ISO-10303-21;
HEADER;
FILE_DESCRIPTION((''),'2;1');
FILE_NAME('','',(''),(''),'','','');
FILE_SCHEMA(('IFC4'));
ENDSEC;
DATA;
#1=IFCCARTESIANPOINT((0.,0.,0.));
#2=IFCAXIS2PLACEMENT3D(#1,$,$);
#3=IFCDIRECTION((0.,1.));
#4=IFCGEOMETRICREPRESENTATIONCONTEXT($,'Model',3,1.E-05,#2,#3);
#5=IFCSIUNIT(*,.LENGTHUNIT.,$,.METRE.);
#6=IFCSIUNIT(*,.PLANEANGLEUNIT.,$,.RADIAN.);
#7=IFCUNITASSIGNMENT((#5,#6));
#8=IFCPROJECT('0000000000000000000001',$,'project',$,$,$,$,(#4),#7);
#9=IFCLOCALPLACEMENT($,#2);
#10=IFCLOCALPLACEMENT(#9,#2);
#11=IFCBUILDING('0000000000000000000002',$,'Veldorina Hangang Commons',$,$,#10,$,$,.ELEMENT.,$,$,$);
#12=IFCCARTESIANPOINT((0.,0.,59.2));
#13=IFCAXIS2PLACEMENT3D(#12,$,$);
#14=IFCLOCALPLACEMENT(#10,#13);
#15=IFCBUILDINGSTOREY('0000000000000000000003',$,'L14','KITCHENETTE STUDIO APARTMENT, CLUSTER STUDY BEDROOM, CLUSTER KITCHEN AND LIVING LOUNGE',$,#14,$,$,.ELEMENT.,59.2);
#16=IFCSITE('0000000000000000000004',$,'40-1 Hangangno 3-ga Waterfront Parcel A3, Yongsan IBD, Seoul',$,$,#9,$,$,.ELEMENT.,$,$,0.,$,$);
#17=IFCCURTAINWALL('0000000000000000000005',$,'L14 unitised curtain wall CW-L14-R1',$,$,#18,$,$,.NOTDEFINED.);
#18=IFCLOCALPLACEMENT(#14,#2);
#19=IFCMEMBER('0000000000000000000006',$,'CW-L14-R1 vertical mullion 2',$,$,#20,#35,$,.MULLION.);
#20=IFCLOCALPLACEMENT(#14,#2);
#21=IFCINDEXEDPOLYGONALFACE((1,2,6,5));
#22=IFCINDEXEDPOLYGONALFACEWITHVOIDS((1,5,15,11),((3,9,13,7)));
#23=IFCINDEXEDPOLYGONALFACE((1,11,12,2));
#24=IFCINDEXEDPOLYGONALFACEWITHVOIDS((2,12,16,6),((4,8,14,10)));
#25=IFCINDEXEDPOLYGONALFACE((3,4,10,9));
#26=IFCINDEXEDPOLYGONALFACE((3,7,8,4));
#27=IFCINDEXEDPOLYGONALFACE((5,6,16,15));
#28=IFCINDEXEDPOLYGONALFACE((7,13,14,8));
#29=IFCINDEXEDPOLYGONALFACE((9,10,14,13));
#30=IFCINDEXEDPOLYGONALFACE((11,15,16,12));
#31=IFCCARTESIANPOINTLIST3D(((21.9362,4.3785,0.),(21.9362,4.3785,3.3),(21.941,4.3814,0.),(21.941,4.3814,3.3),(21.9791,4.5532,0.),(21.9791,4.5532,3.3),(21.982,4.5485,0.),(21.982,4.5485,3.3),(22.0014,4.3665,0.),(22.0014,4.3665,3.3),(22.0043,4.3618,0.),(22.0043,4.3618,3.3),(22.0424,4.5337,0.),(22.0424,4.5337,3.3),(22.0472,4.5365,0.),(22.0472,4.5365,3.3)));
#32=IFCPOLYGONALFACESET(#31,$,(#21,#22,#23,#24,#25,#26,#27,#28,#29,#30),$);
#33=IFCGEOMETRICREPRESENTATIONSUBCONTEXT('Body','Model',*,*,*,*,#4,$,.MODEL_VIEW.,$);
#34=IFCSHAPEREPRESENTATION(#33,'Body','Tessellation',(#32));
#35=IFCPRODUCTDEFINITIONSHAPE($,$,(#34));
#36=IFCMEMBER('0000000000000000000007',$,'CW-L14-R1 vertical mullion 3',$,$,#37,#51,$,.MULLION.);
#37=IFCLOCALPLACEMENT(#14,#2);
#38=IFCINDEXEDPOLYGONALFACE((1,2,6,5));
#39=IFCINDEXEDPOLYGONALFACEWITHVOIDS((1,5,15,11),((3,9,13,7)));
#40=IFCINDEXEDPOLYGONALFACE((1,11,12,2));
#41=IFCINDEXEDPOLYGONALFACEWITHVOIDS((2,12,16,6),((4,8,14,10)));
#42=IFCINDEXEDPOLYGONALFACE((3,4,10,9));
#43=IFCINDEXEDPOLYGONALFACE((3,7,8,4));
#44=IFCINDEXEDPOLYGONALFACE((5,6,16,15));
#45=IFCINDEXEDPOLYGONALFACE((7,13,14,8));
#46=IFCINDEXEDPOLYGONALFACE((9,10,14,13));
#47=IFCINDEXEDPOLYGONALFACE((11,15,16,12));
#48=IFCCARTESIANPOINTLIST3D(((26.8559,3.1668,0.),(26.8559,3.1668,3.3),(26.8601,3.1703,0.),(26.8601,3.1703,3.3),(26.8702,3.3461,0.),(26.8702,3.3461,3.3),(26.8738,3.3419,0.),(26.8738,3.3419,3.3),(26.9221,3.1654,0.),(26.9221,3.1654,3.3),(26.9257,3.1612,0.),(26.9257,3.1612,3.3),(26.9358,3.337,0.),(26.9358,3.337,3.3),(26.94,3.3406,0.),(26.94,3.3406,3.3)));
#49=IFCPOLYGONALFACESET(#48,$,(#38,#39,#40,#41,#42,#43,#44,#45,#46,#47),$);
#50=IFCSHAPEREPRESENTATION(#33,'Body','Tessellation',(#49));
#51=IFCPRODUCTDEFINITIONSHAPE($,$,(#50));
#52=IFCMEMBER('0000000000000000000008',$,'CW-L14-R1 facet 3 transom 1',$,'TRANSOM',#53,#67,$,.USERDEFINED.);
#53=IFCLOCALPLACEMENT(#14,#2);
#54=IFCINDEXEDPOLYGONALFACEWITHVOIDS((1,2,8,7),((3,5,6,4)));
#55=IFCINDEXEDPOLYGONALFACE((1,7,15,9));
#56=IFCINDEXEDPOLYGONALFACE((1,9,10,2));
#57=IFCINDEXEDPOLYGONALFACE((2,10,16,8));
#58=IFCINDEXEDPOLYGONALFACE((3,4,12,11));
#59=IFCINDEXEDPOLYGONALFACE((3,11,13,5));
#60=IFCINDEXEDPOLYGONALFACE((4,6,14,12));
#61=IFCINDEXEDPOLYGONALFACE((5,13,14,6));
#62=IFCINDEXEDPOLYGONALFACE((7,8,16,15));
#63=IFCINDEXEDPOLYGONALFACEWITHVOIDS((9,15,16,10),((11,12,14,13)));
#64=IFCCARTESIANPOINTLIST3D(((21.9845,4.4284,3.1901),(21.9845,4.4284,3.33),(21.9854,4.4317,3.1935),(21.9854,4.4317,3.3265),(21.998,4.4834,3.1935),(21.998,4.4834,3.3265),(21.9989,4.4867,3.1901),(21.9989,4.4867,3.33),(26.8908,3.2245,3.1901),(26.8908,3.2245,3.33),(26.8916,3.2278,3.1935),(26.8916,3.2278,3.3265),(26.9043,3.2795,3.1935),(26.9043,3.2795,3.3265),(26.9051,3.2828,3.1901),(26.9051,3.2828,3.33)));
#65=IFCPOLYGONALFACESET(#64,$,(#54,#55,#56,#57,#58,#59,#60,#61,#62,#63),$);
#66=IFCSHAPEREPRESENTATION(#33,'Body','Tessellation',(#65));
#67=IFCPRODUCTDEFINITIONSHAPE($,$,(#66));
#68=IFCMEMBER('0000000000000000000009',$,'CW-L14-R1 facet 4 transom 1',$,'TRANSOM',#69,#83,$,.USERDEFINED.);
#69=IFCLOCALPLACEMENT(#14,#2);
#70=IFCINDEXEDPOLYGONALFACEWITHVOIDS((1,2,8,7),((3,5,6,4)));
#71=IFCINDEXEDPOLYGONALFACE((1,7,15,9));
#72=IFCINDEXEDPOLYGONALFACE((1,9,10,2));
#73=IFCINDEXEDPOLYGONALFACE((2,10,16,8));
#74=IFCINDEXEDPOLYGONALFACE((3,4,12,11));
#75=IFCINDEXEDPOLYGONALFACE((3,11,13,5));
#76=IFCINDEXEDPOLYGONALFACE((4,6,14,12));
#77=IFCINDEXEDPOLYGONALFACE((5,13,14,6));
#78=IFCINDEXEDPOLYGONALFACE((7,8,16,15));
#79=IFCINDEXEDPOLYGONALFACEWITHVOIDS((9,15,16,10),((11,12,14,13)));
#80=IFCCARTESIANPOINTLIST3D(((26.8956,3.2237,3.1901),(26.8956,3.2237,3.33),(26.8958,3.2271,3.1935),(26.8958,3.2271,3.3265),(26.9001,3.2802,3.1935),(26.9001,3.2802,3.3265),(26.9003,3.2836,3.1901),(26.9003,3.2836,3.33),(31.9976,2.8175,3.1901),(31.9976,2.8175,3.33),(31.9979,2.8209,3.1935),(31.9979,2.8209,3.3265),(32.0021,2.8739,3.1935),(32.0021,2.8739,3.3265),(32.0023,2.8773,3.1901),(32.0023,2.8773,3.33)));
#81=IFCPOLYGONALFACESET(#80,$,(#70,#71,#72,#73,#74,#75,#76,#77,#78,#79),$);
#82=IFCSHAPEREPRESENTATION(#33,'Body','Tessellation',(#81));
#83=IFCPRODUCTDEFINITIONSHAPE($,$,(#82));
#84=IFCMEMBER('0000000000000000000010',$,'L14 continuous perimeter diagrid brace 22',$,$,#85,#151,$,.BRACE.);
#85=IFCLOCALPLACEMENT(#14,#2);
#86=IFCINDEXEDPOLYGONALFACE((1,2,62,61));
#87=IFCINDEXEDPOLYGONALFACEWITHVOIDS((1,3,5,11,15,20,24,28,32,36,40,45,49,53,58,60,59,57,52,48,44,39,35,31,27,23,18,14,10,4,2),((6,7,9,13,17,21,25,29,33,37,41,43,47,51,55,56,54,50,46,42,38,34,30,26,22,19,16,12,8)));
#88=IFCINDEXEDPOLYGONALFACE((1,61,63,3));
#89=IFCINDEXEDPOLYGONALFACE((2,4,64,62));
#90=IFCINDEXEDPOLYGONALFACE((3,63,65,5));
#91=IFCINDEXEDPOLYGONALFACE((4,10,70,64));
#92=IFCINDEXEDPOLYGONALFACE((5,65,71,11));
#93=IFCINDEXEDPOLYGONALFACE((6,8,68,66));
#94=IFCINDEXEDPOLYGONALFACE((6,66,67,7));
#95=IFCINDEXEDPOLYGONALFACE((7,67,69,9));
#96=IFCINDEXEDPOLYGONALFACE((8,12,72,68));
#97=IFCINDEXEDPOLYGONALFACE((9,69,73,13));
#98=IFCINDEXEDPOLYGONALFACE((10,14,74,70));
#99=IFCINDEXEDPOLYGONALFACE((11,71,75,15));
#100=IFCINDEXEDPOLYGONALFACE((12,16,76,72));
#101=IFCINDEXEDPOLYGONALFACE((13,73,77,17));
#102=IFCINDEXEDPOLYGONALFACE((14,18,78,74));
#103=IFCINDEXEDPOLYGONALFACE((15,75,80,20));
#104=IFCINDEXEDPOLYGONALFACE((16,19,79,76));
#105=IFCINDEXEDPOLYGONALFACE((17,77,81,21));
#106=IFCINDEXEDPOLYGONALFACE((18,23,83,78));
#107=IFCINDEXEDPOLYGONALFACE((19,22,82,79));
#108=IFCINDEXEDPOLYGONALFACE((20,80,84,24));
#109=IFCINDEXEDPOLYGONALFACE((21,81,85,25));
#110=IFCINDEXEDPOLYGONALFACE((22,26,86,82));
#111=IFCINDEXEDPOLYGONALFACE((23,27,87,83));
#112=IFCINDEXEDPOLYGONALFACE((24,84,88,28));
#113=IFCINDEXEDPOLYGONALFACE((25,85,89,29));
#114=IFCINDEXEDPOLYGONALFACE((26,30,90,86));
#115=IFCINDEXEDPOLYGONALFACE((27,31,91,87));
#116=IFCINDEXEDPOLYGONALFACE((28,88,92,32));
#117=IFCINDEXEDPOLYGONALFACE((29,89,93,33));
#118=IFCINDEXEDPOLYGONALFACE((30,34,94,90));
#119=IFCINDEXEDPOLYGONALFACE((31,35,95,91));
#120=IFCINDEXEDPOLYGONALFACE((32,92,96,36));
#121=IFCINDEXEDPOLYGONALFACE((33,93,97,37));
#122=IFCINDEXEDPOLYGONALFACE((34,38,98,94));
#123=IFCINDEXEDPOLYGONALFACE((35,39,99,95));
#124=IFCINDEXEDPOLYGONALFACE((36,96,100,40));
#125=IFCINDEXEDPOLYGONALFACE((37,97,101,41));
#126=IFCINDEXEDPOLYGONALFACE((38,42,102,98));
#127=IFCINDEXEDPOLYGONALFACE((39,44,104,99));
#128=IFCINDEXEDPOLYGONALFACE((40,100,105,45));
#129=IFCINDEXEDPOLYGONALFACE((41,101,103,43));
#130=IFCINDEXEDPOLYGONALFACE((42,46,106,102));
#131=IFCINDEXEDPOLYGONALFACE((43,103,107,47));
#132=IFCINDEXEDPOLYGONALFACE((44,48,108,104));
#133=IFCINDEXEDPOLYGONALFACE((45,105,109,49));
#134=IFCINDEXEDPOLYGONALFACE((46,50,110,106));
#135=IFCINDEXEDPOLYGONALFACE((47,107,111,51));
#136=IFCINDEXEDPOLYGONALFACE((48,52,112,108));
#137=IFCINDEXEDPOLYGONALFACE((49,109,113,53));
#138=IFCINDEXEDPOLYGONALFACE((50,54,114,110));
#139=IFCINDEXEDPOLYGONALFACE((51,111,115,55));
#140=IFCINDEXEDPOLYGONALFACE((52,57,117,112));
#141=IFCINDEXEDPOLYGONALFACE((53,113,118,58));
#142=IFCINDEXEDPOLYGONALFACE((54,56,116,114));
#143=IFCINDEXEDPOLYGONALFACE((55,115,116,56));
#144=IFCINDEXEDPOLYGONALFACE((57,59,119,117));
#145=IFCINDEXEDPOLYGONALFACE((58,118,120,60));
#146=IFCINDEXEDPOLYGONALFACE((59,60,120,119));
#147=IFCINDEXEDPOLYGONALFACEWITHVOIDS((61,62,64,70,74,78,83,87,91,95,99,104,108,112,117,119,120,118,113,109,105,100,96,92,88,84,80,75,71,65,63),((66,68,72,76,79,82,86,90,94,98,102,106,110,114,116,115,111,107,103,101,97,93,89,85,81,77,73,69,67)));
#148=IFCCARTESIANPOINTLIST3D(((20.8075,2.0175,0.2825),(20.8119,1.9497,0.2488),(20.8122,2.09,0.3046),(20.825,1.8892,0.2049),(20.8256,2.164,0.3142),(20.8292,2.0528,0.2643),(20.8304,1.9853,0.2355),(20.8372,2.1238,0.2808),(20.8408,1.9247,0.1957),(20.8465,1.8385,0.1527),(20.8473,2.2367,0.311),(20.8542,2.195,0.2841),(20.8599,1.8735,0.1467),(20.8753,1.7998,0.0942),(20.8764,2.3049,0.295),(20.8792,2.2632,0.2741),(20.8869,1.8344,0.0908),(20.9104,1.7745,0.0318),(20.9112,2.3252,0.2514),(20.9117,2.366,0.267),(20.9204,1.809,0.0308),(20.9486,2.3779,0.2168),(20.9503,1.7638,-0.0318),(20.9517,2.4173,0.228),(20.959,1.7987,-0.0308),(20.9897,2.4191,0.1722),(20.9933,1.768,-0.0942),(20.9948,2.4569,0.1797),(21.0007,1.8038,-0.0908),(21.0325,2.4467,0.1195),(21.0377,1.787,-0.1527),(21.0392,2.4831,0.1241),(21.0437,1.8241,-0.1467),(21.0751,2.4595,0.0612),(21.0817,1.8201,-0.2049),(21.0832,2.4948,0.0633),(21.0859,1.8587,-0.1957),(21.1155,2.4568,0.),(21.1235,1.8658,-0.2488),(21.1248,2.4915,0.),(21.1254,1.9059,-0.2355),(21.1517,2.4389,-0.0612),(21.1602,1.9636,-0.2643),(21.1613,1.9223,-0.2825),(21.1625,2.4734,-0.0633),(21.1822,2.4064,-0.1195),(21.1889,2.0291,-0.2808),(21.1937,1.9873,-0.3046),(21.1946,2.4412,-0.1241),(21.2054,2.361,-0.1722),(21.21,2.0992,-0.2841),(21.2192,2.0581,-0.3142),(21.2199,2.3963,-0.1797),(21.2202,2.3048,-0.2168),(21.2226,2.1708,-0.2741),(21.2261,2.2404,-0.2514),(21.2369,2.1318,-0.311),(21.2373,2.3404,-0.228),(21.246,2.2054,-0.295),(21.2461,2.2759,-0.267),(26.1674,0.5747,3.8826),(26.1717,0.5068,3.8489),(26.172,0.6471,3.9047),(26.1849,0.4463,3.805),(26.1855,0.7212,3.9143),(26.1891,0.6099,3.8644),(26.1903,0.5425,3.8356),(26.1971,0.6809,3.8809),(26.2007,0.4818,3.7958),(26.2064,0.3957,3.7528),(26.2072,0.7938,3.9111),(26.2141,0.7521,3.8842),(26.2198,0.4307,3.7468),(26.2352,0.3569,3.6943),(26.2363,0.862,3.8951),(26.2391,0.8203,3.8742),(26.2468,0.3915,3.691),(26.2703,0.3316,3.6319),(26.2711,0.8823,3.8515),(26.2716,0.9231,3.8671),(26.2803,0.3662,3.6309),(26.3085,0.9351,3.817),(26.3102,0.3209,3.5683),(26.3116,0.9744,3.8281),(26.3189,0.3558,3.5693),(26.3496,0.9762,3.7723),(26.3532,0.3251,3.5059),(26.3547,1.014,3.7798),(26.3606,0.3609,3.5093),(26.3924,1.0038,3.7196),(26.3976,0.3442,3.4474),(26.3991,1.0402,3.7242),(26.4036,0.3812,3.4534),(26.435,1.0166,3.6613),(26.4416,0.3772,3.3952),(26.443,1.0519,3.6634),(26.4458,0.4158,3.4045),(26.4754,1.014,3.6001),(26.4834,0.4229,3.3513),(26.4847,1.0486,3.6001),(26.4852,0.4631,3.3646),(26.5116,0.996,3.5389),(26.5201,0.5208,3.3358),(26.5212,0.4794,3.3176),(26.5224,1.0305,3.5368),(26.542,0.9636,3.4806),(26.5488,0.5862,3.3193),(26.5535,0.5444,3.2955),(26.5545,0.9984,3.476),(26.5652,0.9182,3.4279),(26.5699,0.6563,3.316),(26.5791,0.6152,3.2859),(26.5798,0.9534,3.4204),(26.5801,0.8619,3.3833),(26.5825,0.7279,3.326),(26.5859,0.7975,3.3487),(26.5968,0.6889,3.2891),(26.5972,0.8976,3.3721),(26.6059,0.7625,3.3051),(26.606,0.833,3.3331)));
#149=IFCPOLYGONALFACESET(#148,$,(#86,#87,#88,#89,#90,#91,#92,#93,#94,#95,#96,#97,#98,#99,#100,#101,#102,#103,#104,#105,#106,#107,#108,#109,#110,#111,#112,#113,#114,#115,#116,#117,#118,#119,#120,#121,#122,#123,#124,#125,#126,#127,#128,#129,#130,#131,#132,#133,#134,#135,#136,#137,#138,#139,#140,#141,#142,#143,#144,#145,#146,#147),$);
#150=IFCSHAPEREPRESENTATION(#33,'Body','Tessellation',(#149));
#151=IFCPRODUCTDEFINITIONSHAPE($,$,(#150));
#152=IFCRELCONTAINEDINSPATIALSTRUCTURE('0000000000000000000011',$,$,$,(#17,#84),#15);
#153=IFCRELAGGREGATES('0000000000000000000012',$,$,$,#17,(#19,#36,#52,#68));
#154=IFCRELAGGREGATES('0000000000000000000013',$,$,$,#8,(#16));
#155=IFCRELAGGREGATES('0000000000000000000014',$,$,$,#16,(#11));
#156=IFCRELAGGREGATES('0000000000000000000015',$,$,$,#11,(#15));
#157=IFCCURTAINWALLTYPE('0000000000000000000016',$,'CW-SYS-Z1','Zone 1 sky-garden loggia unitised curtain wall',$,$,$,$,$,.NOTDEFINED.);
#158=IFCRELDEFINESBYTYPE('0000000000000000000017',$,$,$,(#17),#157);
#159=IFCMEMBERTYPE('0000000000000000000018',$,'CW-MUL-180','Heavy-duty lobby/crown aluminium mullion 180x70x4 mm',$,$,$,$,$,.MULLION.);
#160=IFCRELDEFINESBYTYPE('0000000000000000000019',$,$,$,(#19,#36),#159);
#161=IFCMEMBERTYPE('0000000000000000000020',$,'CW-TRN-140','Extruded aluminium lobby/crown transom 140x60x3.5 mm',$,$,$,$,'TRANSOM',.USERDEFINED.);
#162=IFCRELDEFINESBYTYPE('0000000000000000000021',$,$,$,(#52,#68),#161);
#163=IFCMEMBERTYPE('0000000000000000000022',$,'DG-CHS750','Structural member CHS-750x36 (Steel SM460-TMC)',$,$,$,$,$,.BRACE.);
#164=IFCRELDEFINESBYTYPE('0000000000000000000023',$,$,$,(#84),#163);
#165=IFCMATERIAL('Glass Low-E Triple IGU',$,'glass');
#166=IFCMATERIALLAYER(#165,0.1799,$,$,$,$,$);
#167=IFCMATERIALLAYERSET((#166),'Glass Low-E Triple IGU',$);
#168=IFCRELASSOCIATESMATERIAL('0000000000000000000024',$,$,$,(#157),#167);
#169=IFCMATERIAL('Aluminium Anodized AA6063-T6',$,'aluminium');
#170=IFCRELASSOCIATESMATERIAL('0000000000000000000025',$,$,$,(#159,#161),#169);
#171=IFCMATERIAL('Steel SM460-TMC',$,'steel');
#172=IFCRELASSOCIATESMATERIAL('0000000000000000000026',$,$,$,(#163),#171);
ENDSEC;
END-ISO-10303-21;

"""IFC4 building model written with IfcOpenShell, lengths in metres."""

from ifc_helpers import new_model, si_unit, direction, frame, origin, origin_2d, place, context, subcontext, project, spatial, hollow_rectangle, hollow_circle, extrude, material, layer, layer_set, material_profile, profile_set, type_object, element, aggregate, save


model = new_model("IFC4")

# Units and contexts
model_context = context("Model", 3, precision=1e-05, world=origin(), true_north=direction((0.0, 1.0)))
body_context = subcontext(model_context, "Body", "Model", "MODEL_VIEW")
ifc_project = project(units=[si_unit("LENGTHUNIT", "METRE"), si_unit("PLANEANGLEUNIT", "RADIAN")], contexts=[model_context])

# Site, building, storey
site_placement = place(None, origin())
site = spatial("IfcSite", under=ifc_project, at=site_placement, Name="40-1 Hangangno 3-ga Waterfront Parcel A3, Yongsan IBD, Seoul", CompositionType="ELEMENT", RefElevation=0.0)
building_placement = place(site_placement, origin())
building = spatial("IfcBuilding", under=site, at=building_placement, Name="Veldorina Hangang Commons", CompositionType="ELEMENT")
storey_placement = place(building_placement, frame((0.0, 0.0, 59.2)))
storey = spatial("IfcBuildingStorey", under=building, at=storey_placement, Name="L14", Description="KITCHENETTE STUDIO APARTMENT, CLUSTER STUDY BEDROOM, CLUSTER KITCHEN AND LIVING LOUNGE", CompositionType="ELEMENT", Elevation=59.2)

# Shared definitions
ifc_material_1 = material(Name="Steel SM460-TMC", Category="steel")

# Curtain wall, members
ifc_material_2 = material(Name="Glass Low-E Triple IGU", Category="glass")
ifc_layer_1 = layer(ifc_material_2, 0.1799)
ifc_layer_set_1 = layer_set([ifc_layer_1], Name="Glass Low-E Triple IGU")
curtain_wall_type = type_object("IfcCurtainWallType", Name="CW-SYS-Z1", Description="Zone 1 sky-garden loggia unitised curtain wall", PredefinedType="NOTDEFINED", material=ifc_layer_set_1)
curtain_wall_placement = place(storey_placement, origin())
curtain_wall = element("IfcCurtainWall", 1, at=curtain_wall_placement, inside=storey, type_object=curtain_wall_type, Name="L14 unitised curtain wall CW-L14-R1", PredefinedType="NOTDEFINED")
ifc_material_3 = material(Name="Aluminium Anodized AA6063-T6", Category="aluminium")
ifc_material_profile_1 = material_profile(ifc_material_3, hollow_rectangle(XDim=0.0701, YDim=0.1799, WallThickness=0.0039, at=origin_2d()), Name="ALU-RHS-180x70x4")
ifc_profile_set_1 = profile_set([ifc_material_profile_1], Name="Aluminium Anodized AA6063-T6")
member_type_1 = type_object("IfcMemberType", Name="CW-MUL-180", Description="Heavy-duty lobby/crown aluminium mullion 180x70x4 mm", PredefinedType="MULLION", material=ifc_profile_set_1)
member_1_placement = place(storey_placement, frame((21.9917, 4.4575, 0.0), z_axis=(0.0, 0.0, 1.0), x_axis=(0.971193, -0.238296, 0.0)))
member_1 = element("IfcMember", 2, at=member_1_placement, type_object=member_type_1, Name="CW-L14-R1 vertical mullion 2", PredefinedType="MULLION", context=body_context, shape_type="SweptSolid", body=[
    extrude(hollow_rectangle(XDim=0.0701, YDim=0.1799, WallThickness=0.0039, at=origin_2d()), origin(), (0.0, 0.0, 1.0), 3.3),
])
member_2_placement = place(storey_placement, frame((26.8979, 3.2537, 0.0), z_axis=(0.0, 0.0, 1.0), x_axis=(0.996843, -0.079399, 0.0)))
member_2 = element("IfcMember", 3, at=member_2_placement, type_object=member_type_1, Name="CW-L14-R1 vertical mullion 3", PredefinedType="MULLION", context=body_context, shape_type="SweptSolid", body=[
    extrude(hollow_rectangle(XDim=0.0701, YDim=0.1799, WallThickness=0.0039, at=origin_2d()), origin(), (0.0, 0.0, 1.0), 3.3),
])
ifc_material_profile_2 = material_profile(ifc_material_3, hollow_rectangle(XDim=0.0601, YDim=0.1399, WallThickness=0.0034, at=origin_2d()), Name="ALU-RHS-140x60x3.5")
ifc_profile_set_2 = profile_set([ifc_material_profile_2], Name="Aluminium Anodized AA6063-T6")
member_type_2 = type_object("IfcMemberType", Name="CW-TRN-140", Description="Extruded aluminium lobby/crown transom 140x60x3.5 mm", ElementType="TRANSOM", PredefinedType="USERDEFINED", material=ifc_profile_set_2)
member_3_placement = place(storey_placement, frame((21.9917, 4.4575, 3.26), z_axis=(0.971191, -0.238303, 0.0), x_axis=(0.238303, 0.971191, 0.0)))
member_3 = element("IfcMember", 4, at=member_3_placement, type_object=member_type_2, Name="CW-L14-R1 facet 3 transom 1", ObjectType="TRANSOM", PredefinedType="USERDEFINED", context=body_context, shape_type="SweptSolid", body=[
    extrude(hollow_rectangle(XDim=0.0601, YDim=0.1399, WallThickness=0.0034, at=origin_2d()), origin(), (0.0, 0.0, 1.0), 5.0518),
])
member_4_placement = place(storey_placement, frame((26.8979, 3.2537, 3.26), z_axis=(0.996845, -0.079374, 0.0), x_axis=(0.079374, 0.996845, 0.0)))
member_4 = element("IfcMember", 5, at=member_4_placement, type_object=member_type_2, Name="CW-L14-R1 facet 4 transom 1", ObjectType="TRANSOM", PredefinedType="USERDEFINED", context=body_context, shape_type="SweptSolid", body=[
    extrude(hollow_rectangle(XDim=0.0601, YDim=0.1399, WallThickness=0.0034, at=origin_2d()), origin(), (0.0, 0.0, 1.0), 5.1182),
])

# Member
ifc_material_profile_3 = material_profile(ifc_material_1, hollow_circle(Radius=0.375, WallThickness=0.0359, at=origin_2d()), Name="CHS-750x36")
ifc_profile_set_3 = profile_set([ifc_material_profile_3], Name="Steel SM460-TMC")
member_type_3 = type_object("IfcMemberType", Name="DG-CHS750", Description="Structural member CHS-750x36 (Steel SM460-TMC)", PredefinedType="BRACE", material=ifc_profile_set_3)
member_5_placement = place(storey_placement, frame((21.0273, 2.1294, 0.0), z_axis=(0.810143, -0.21809, 0.544155), x_axis=(0.259945, 0.965623, 0.0)))
element("IfcMember", 6, at=member_5_placement, inside=storey, type_object=member_type_3, Name="L14 continuous perimeter diagrid brace 22", PredefinedType="BRACE", context=body_context, shape_type="SweptSolid", body=[
    extrude(hollow_circle(Radius=0.375, WallThickness=0.0359, at=origin_2d()), origin(), (0.0, 0.0, 1.0), 6.616),
])

aggregate(curtain_wall, [member_1, member_2, member_3, member_4])

save(model, "model.ifc")
